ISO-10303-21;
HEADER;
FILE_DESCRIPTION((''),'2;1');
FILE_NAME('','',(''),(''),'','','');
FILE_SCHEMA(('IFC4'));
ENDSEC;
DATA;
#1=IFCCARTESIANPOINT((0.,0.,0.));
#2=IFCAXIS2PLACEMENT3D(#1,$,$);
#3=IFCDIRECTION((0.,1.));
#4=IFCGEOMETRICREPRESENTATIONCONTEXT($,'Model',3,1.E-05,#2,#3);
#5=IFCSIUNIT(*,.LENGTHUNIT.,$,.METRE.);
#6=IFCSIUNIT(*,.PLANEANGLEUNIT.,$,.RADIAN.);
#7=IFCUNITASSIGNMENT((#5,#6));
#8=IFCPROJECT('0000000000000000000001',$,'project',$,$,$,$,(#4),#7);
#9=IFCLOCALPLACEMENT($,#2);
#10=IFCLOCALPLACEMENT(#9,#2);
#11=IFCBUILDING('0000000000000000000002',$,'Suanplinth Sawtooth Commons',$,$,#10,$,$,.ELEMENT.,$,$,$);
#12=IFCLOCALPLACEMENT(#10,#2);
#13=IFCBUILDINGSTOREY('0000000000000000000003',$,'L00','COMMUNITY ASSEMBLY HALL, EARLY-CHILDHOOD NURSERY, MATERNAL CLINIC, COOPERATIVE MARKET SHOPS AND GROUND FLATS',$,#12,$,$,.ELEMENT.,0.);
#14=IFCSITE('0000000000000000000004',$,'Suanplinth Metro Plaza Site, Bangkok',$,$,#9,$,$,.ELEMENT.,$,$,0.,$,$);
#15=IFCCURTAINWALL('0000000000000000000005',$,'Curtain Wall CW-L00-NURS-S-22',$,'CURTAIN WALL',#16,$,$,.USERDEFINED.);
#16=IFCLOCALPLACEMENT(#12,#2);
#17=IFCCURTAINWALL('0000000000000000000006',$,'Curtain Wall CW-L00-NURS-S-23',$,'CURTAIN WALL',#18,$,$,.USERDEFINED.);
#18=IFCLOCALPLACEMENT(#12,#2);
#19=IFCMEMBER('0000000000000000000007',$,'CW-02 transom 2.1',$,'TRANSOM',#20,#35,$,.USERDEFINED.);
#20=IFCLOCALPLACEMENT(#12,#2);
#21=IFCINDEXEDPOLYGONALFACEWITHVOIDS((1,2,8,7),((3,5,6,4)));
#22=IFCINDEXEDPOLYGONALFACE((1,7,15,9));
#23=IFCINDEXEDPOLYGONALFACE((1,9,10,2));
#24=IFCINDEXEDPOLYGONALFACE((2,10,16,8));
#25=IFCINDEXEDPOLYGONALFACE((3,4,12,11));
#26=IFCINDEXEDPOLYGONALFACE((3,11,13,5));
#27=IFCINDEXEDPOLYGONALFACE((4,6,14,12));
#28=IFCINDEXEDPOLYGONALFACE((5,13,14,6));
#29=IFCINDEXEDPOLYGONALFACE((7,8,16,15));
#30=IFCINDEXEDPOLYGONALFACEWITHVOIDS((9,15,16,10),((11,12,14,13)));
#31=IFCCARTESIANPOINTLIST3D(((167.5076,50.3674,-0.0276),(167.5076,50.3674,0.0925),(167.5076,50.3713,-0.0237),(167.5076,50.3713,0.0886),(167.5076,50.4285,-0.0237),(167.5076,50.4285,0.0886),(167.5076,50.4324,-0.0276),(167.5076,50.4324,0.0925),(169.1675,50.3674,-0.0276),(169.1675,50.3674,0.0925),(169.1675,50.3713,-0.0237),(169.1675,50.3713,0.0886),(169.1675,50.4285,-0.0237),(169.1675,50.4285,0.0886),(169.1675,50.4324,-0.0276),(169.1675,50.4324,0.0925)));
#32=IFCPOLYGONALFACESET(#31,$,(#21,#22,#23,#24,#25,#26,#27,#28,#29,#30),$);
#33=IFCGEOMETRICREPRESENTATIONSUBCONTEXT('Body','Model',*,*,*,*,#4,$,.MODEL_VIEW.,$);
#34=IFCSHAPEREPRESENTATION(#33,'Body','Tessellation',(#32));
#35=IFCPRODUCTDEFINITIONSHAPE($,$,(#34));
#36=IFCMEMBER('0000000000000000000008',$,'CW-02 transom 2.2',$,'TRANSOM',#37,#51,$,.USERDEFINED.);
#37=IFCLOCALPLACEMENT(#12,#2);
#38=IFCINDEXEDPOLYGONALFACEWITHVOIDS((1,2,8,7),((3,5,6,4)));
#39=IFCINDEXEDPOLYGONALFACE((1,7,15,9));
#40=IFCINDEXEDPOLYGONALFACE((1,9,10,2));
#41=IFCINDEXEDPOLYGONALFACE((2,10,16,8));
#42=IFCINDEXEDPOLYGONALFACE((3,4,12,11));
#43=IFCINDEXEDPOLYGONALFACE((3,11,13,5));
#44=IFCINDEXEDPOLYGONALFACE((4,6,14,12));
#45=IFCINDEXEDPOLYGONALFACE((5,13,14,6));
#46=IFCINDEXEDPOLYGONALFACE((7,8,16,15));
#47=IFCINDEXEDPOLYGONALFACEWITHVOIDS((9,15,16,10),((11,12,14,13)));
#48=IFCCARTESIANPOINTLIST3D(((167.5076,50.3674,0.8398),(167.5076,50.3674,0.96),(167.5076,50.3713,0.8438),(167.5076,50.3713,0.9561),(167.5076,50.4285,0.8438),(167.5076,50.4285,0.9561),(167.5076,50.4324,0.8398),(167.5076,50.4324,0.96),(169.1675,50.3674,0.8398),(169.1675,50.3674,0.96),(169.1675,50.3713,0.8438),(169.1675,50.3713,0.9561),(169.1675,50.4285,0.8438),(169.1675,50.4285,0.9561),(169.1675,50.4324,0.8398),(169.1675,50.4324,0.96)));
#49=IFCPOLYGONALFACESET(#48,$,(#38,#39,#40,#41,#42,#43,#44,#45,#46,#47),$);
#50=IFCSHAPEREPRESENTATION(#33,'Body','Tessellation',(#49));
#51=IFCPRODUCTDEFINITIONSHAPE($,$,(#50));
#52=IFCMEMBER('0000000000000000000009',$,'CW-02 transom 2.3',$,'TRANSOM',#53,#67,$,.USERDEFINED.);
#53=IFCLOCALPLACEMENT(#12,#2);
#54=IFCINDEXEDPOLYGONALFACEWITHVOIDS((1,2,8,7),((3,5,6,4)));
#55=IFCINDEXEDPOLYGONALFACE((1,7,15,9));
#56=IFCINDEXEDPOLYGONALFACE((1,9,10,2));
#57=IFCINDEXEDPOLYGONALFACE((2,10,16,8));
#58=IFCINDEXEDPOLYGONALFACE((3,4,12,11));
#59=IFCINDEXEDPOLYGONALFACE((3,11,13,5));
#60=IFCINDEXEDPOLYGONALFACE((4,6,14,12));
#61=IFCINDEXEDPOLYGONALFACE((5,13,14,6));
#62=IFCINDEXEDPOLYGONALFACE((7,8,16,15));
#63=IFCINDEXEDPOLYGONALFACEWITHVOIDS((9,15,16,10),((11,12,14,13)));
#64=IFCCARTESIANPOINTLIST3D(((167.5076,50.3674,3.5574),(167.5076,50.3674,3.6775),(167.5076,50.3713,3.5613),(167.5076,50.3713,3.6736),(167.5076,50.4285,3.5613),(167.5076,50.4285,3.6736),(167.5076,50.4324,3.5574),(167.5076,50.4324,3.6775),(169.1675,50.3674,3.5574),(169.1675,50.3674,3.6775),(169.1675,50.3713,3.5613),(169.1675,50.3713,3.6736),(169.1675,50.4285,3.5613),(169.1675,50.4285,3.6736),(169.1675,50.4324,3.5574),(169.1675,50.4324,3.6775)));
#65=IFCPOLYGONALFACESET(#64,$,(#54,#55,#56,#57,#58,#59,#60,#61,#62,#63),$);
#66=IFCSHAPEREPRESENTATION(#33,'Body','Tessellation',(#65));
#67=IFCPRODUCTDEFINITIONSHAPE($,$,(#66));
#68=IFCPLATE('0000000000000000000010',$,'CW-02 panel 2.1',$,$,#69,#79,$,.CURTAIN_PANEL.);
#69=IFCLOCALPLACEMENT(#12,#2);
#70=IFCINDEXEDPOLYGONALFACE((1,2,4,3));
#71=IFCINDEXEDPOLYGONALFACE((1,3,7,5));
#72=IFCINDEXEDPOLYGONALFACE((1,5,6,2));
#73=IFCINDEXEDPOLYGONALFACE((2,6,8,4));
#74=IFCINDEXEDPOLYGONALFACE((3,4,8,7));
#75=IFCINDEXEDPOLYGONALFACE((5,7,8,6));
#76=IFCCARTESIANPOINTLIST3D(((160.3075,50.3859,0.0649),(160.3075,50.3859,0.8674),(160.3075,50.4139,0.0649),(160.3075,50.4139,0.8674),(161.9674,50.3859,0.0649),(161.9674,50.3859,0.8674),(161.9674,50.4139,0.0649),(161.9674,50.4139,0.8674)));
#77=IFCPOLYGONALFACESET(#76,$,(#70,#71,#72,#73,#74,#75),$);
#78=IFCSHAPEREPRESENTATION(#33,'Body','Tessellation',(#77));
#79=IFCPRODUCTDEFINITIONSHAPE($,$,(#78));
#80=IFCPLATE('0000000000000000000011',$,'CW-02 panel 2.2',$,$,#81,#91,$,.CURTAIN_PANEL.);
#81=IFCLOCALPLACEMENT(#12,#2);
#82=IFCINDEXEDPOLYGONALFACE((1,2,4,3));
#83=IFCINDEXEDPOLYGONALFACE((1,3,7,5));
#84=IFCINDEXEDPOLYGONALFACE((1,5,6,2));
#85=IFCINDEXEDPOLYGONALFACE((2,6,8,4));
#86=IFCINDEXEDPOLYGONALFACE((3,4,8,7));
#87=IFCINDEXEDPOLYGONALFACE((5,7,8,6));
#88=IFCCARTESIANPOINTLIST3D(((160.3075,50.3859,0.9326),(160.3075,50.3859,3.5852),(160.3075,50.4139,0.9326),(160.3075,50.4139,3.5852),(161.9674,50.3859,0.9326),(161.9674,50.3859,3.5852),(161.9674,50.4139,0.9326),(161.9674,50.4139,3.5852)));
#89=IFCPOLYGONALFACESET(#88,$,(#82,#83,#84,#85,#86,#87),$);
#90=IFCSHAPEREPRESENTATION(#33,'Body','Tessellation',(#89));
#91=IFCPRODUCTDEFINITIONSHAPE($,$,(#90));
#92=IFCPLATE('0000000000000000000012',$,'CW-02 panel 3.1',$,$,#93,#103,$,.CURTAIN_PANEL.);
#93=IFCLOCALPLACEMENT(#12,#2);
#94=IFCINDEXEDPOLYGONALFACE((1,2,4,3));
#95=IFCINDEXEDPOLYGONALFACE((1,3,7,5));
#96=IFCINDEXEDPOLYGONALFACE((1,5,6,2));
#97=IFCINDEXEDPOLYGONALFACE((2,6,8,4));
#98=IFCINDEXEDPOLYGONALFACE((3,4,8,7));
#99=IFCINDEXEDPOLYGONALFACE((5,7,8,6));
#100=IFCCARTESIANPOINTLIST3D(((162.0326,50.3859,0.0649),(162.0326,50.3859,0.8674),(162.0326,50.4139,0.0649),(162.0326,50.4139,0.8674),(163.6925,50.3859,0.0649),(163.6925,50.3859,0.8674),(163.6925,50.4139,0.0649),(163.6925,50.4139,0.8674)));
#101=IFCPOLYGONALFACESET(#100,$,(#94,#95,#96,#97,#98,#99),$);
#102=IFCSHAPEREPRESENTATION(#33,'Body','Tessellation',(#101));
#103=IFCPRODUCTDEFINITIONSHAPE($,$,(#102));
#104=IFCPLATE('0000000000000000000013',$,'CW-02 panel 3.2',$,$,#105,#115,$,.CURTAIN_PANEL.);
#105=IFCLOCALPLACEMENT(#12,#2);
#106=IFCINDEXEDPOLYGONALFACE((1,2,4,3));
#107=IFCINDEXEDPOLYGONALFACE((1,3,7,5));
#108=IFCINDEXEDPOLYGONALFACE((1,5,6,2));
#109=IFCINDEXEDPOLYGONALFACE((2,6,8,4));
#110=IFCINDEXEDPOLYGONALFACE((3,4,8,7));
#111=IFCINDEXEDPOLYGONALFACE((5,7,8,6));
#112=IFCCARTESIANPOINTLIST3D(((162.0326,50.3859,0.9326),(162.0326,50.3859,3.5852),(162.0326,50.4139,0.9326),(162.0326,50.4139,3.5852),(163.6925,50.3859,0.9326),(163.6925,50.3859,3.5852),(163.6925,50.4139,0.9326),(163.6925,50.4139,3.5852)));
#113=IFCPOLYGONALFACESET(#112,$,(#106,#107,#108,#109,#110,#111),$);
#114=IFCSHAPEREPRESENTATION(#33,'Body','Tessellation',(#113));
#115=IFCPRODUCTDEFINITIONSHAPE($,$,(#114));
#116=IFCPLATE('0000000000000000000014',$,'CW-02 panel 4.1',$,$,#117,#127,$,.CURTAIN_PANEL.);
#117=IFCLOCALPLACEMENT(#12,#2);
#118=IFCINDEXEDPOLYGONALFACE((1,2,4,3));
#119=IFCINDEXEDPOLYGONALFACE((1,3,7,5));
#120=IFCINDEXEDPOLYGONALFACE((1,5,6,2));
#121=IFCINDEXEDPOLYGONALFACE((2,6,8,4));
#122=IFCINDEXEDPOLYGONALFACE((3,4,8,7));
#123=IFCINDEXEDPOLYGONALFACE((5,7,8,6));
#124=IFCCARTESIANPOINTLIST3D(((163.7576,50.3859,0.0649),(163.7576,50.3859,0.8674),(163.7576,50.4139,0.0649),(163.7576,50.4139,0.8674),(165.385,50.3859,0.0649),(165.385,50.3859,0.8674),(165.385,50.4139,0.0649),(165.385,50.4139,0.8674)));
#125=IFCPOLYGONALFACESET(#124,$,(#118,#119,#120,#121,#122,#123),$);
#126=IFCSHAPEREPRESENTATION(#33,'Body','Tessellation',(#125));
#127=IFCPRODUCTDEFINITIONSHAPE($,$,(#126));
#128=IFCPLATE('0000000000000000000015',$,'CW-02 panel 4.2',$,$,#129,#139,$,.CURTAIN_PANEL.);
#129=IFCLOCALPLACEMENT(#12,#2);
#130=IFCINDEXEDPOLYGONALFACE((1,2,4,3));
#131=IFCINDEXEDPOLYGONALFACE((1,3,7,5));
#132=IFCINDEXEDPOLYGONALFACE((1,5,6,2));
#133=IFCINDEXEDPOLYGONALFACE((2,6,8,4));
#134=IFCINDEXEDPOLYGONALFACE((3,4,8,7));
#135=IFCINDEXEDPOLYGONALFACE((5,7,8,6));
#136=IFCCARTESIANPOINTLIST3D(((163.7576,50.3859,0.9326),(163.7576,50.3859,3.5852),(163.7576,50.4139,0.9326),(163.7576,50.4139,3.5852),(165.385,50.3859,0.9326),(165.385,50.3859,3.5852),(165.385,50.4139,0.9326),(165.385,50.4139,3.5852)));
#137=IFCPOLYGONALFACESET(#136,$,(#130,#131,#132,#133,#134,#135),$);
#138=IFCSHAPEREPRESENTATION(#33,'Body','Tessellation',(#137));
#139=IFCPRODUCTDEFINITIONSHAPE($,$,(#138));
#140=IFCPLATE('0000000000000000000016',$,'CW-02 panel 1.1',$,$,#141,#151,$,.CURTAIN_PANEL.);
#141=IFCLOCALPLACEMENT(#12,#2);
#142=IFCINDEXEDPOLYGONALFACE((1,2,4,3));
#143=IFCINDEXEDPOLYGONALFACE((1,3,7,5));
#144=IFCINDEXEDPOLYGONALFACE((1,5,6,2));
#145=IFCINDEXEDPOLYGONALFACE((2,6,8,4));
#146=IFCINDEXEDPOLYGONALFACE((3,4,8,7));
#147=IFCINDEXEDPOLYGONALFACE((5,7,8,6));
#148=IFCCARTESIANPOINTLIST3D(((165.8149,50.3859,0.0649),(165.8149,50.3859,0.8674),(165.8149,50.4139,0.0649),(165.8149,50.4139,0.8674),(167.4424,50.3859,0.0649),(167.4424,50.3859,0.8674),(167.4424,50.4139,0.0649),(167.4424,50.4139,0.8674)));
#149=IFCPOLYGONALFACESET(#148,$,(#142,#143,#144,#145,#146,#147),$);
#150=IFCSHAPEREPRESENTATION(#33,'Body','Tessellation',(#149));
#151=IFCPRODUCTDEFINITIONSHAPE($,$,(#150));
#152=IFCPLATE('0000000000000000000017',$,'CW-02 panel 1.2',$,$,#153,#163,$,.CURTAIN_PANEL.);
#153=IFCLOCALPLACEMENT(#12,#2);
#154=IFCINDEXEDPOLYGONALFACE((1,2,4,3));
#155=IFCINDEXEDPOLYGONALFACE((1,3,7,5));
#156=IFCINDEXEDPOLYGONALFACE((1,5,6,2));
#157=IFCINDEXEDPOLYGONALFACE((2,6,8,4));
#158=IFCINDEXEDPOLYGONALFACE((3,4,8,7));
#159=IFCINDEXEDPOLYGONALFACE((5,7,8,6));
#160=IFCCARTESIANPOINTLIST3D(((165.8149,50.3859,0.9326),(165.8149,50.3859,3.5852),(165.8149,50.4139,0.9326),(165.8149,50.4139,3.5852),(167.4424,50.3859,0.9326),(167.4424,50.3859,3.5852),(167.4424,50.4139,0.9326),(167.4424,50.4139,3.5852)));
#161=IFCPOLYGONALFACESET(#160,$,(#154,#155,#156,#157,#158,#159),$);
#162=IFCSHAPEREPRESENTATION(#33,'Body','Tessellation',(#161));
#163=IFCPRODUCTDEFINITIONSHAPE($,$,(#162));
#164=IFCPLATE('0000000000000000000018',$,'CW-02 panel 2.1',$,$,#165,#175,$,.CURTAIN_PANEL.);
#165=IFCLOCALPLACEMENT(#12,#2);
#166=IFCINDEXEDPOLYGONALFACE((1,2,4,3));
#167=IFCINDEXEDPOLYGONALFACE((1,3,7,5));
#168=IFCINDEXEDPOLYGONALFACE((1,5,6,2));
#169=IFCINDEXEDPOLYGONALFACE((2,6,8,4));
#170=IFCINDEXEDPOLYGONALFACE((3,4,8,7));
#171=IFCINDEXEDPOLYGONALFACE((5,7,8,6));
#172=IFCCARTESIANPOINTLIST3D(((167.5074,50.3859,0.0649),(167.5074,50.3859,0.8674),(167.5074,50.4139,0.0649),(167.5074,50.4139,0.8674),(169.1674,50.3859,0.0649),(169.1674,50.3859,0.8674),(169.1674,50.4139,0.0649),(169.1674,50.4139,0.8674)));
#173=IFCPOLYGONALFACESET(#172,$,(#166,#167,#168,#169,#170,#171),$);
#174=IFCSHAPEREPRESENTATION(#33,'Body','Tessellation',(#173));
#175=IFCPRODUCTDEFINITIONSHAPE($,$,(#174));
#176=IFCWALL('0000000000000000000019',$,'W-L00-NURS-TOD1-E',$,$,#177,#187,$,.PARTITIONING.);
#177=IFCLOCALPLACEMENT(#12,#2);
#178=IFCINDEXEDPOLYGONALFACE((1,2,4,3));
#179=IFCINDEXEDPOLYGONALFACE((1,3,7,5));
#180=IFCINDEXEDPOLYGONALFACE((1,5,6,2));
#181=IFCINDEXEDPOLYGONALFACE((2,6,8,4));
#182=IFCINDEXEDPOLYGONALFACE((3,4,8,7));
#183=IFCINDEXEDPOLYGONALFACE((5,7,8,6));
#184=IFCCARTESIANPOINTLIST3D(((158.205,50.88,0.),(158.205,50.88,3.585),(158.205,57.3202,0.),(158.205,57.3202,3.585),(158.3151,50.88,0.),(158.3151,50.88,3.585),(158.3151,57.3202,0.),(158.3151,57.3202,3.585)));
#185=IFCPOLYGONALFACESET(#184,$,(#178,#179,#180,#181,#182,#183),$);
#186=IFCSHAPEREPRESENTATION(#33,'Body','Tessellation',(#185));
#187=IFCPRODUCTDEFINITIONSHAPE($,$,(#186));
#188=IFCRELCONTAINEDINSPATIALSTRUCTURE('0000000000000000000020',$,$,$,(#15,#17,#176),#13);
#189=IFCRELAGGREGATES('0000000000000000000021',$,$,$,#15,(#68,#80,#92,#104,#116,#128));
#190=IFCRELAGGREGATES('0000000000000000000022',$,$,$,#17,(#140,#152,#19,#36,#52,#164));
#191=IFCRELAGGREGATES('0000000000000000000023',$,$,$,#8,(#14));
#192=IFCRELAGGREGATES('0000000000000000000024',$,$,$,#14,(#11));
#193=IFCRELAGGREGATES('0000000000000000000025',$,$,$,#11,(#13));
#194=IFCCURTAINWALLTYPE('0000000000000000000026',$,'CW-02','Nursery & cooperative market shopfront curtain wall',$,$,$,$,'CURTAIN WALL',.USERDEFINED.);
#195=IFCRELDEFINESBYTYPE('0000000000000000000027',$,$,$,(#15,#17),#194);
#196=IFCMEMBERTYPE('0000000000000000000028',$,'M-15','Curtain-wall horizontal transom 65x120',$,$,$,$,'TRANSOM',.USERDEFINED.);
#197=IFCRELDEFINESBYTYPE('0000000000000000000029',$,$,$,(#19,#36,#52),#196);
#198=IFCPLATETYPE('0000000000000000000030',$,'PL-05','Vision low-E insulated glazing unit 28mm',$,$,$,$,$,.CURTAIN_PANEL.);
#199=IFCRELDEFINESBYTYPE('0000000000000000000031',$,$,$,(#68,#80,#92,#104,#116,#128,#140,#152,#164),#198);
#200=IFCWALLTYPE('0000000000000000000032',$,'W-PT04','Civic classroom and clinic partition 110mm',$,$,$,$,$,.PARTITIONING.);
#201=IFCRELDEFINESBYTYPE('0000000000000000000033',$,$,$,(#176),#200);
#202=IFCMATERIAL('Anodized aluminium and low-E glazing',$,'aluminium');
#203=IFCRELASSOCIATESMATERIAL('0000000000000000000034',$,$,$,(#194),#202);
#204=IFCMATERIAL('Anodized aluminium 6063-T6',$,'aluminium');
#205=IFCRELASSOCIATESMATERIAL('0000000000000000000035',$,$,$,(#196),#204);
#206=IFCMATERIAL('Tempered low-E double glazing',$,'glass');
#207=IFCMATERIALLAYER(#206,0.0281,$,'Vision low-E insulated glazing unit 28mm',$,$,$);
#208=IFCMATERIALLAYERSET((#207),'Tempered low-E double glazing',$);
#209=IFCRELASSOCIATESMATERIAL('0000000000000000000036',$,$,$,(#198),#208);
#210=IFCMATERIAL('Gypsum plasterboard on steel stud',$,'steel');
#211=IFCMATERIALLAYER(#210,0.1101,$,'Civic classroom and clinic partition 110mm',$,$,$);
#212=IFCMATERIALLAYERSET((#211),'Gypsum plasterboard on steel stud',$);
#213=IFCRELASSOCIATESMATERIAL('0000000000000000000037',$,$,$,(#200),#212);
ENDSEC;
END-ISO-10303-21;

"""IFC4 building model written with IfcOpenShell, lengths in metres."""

from ifc_helpers import new_model, si_unit, direction, frame, frame_2d, origin, origin_2d, place, context, subcontext, project, spatial, rectangle, hollow_rectangle, extrude, material, layer, layer_set, material_profile, profile_set, type_object, element, aggregate, save


model = new_model("IFC4")

# Units and contexts
model_context = context("Model", 3, precision=1e-05, world=origin(), true_north=direction((0.0, 1.0)))
body_context = subcontext(model_context, "Body", "Model", "MODEL_VIEW")
ifc_project = project(units=[si_unit("LENGTHUNIT", "METRE"), si_unit("PLANEANGLEUNIT", "RADIAN")], contexts=[model_context])

# Site, building, storey
site_placement = place(None, origin())
site = spatial("IfcSite", under=ifc_project, at=site_placement, Name="Suanplinth Metro Plaza Site, Bangkok", CompositionType="ELEMENT", RefElevation=0.0)
building_placement = place(site_placement, origin())
building = spatial("IfcBuilding", under=site, at=building_placement, Name="Suanplinth Sawtooth Commons", CompositionType="ELEMENT")
storey_placement = place(building_placement, origin())
storey = spatial("IfcBuildingStorey", under=building, at=storey_placement, Name="L00", Description="COMMUNITY ASSEMBLY HALL, EARLY-CHILDHOOD NURSERY, MATERNAL CLINIC, COOPERATIVE MARKET SHOPS AND GROUND FLATS", CompositionType="ELEMENT", Elevation=0.0)

# Curtain walls
ifc_material_1 = material(Name="Anodized aluminium and low-E glazing", Category="aluminium")
curtain_wall_type = type_object("IfcCurtainWallType", Name="CW-02", Description="Nursery & cooperative market shopfront curtain wall", ElementType="CURTAIN WALL", PredefinedType="USERDEFINED", material=ifc_material_1)
curtain_wall_1_placement = place(storey_placement, origin())
curtain_wall_1 = element("IfcCurtainWall", 1, at=curtain_wall_1_placement, inside=storey, type_object=curtain_wall_type, Name="Curtain Wall CW-L00-NURS-S-22", ObjectType="CURTAIN WALL", PredefinedType="USERDEFINED")
ifc_material_2 = material(Name="Anodized aluminium 6063-T6", Category="aluminium")
curtain_wall_2_placement = place(storey_placement, origin())
curtain_wall_2 = element("IfcCurtainWall", 2, at=curtain_wall_2_placement, inside=storey, type_object=curtain_wall_type, Name="Curtain Wall CW-L00-NURS-S-23", ObjectType="CURTAIN WALL", PredefinedType="USERDEFINED")

# Members
ifc_material_profile_1 = material_profile(ifc_material_2, hollow_rectangle(XDim=0.0649, YDim=0.1201, WallThickness=0.0039, at=origin_2d()), Name="ALU-TRN 65x120")
ifc_profile_set_1 = profile_set([ifc_material_profile_1], Name="Anodized aluminium 6063-T6")
member_type_1 = type_object("IfcMemberType", Name="M-15", Description="Curtain-wall horizontal transom 65x120", ElementType="TRANSOM", PredefinedType="USERDEFINED", material=ifc_profile_set_1)
member_1_placement = place(storey_placement, frame((167.5076, 50.3999, 0.0325), z_axis=(1.0, 0.0, 0.0), x_axis=(0.0, 1.0, 0.0)))
member_1 = element("IfcMember", 3, at=member_1_placement, type_object=member_type_1, Name="CW-02 transom 2.1", ObjectType="TRANSOM", PredefinedType="USERDEFINED", context=body_context, shape_type="SweptSolid", body=[
    extrude(hollow_rectangle(XDim=0.0649, YDim=0.1201, WallThickness=0.0039, at=origin_2d()), origin(), (0.0, 0.0, 1.0), 1.6599),
])
member_2_placement = place(storey_placement, frame((167.5076, 50.3999, 0.8999), z_axis=(1.0, 0.0, 0.0), x_axis=(0.0, 1.0, 0.0)))
member_2 = element("IfcMember", 4, at=member_2_placement, type_object=member_type_1, Name="CW-02 transom 2.2", ObjectType="TRANSOM", PredefinedType="USERDEFINED", context=body_context, shape_type="SweptSolid", body=[
    extrude(hollow_rectangle(XDim=0.0649, YDim=0.1201, WallThickness=0.0039, at=origin_2d()), origin(), (0.0, 0.0, 1.0), 1.6599),
])
member_3_placement = place(storey_placement, frame((167.5076, 50.3999, 3.6174), z_axis=(1.0, 0.0, 0.0), x_axis=(0.0, 1.0, 0.0)))
member_3 = element("IfcMember", 5, at=member_3_placement, type_object=member_type_1, Name="CW-02 transom 2.3", ObjectType="TRANSOM", PredefinedType="USERDEFINED", context=body_context, shape_type="SweptSolid", body=[
    extrude(hollow_rectangle(XDim=0.0649, YDim=0.1201, WallThickness=0.0039, at=origin_2d()), origin(), (0.0, 0.0, 1.0), 1.6599),
])

# Plates
ifc_material_3 = material(Name="Tempered low-E double glazing", Category="glass")
ifc_layer_1 = layer(ifc_material_3, 0.0281, Name="Vision low-E insulated glazing unit 28mm")
ifc_layer_set_1 = layer_set([ifc_layer_1], Name="Tempered low-E double glazing")
plate_type = type_object("IfcPlateType", Name="PL-05", Description="Vision low-E insulated glazing unit 28mm", PredefinedType="CURTAIN_PANEL", material=ifc_layer_set_1)
plate_1_placement = place(storey_placement, frame((161.1375, 50.3999, 0.0649), z_axis=(0.0, 0.0, 1.0), x_axis=(1.0, 0.0, 0.0)))
plate_1 = element("IfcPlate", 6, at=plate_1_placement, type_object=plate_type, Name="CW-02 panel 2.1", PredefinedType="CURTAIN_PANEL", context=body_context, shape_type="SweptSolid", body=[
    extrude(rectangle(XDim=1.6599, YDim=0.0281, at=origin_2d()), origin(), (0.0, 0.0, 1.0), 0.8025),
])
plate_2_placement = place(storey_placement, frame((161.1375, 50.3999, 0.9326), z_axis=(0.0, 0.0, 1.0), x_axis=(1.0, 0.0, 0.0)))
plate_2 = element("IfcPlate", 7, at=plate_2_placement, type_object=plate_type, Name="CW-02 panel 2.2", PredefinedType="CURTAIN_PANEL", context=body_context, shape_type="SweptSolid", body=[
    extrude(rectangle(XDim=1.6599, YDim=0.0281, at=origin_2d()), origin(), (0.0, 0.0, 1.0), 2.6526),
])
plate_3_placement = place(storey_placement, frame((162.8625, 50.3999, 0.0649), z_axis=(0.0, 0.0, 1.0), x_axis=(1.0, 0.0, 0.0)))
plate_3 = element("IfcPlate", 8, at=plate_3_placement, type_object=plate_type, Name="CW-02 panel 3.1", PredefinedType="CURTAIN_PANEL", context=body_context, shape_type="SweptSolid", body=[
    extrude(rectangle(XDim=1.6599, YDim=0.0281, at=origin_2d()), origin(), (0.0, 0.0, 1.0), 0.8025),
])
plate_4_placement = place(storey_placement, frame((162.8625, 50.3999, 0.9326), z_axis=(0.0, 0.0, 1.0), x_axis=(1.0, 0.0, 0.0)))
plate_4 = element("IfcPlate", 9, at=plate_4_placement, type_object=plate_type, Name="CW-02 panel 3.2", PredefinedType="CURTAIN_PANEL", context=body_context, shape_type="SweptSolid", body=[
    extrude(rectangle(XDim=1.6599, YDim=0.0281, at=origin_2d()), origin(), (0.0, 0.0, 1.0), 2.6526),
])
plate_5_placement = place(storey_placement, frame((164.5713, 50.3999, 0.0649), z_axis=(0.0, 0.0, 1.0), x_axis=(1.0, 0.0, 0.0)))
plate_5 = element("IfcPlate", 10, at=plate_5_placement, type_object=plate_type, Name="CW-02 panel 4.1", PredefinedType="CURTAIN_PANEL", context=body_context, shape_type="SweptSolid", body=[
    extrude(rectangle(XDim=1.6274, YDim=0.0281, at=origin_2d()), origin(), (0.0, 0.0, 1.0), 0.8025),
])
plate_6_placement = place(storey_placement, frame((164.5713, 50.3999, 0.9326), z_axis=(0.0, 0.0, 1.0), x_axis=(1.0, 0.0, 0.0)))
plate_6 = element("IfcPlate", 11, at=plate_6_placement, type_object=plate_type, Name="CW-02 panel 4.2", PredefinedType="CURTAIN_PANEL", context=body_context, shape_type="SweptSolid", body=[
    extrude(rectangle(XDim=1.6274, YDim=0.0281, at=origin_2d()), origin(), (0.0, 0.0, 1.0), 2.6526),
])
aggregate(curtain_wall_1, [plate_1, plate_2, plate_3, plate_4, plate_5, plate_6])
plate_7_placement = place(storey_placement, frame((166.6287, 50.3999, 0.0649), z_axis=(0.0, 0.0, 1.0), x_axis=(1.0, 0.0, 0.0)))
plate_7 = element("IfcPlate", 12, at=plate_7_placement, type_object=plate_type, Name="CW-02 panel 1.1", PredefinedType="CURTAIN_PANEL", context=body_context, shape_type="SweptSolid", body=[
    extrude(rectangle(XDim=1.6274, YDim=0.0281, at=origin_2d()), origin(), (0.0, 0.0, 1.0), 0.8025),
])
plate_8_placement = place(storey_placement, frame((166.6287, 50.3999, 0.9326), z_axis=(0.0, 0.0, 1.0), x_axis=(1.0, 0.0, 0.0)))
plate_8 = element("IfcPlate", 13, at=plate_8_placement, type_object=plate_type, Name="CW-02 panel 1.2", PredefinedType="CURTAIN_PANEL", context=body_context, shape_type="SweptSolid", body=[
    extrude(rectangle(XDim=1.6274, YDim=0.0281, at=origin_2d()), origin(), (0.0, 0.0, 1.0), 2.6526),
])
plate_9_placement = place(storey_placement, frame((168.3374, 50.3999, 0.0649), z_axis=(0.0, 0.0, 1.0), x_axis=(1.0, 0.0, 0.0)))
plate_9 = element("IfcPlate", 14, at=plate_9_placement, type_object=plate_type, Name="CW-02 panel 2.1", PredefinedType="CURTAIN_PANEL", context=body_context, shape_type="SweptSolid", body=[
    extrude(rectangle(XDim=1.6599, YDim=0.0281, at=origin_2d()), origin(), (0.0, 0.0, 1.0), 0.8025),
])
aggregate(curtain_wall_2, [plate_7, plate_8, member_1, member_2, member_3, plate_9])

# Wall
ifc_material_4 = material(Name="Gypsum plasterboard on steel stud", Category="steel")
ifc_layer_2 = layer(ifc_material_4, 0.1101, Name="Civic classroom and clinic partition 110mm")
ifc_layer_set_2 = layer_set([ifc_layer_2], Name="Gypsum plasterboard on steel stud")
wall_type = type_object("IfcWallType", Name="W-PT04", Description="Civic classroom and clinic partition 110mm", PredefinedType="PARTITIONING", material=ifc_layer_set_2)
wall_placement = place(storey_placement, frame((158.26, 50.8799, 0.0), z_axis=(0.0, 0.0, 1.0), x_axis=(0.0, 1.0, 0.0)))
element("IfcWall", 15, at=wall_placement, inside=storey, type_object=wall_type, Name="W-L00-NURS-TOD1-E", PredefinedType="PARTITIONING", context=body_context, shape_type="SweptSolid", body=[
    extrude(rectangle(XDim=6.4402, YDim=0.1101, at=frame_2d((3.2202, 0.0))), origin(), (0.0, 0.0, 1.0), 3.585),
])

save(model, "model.ifc")
